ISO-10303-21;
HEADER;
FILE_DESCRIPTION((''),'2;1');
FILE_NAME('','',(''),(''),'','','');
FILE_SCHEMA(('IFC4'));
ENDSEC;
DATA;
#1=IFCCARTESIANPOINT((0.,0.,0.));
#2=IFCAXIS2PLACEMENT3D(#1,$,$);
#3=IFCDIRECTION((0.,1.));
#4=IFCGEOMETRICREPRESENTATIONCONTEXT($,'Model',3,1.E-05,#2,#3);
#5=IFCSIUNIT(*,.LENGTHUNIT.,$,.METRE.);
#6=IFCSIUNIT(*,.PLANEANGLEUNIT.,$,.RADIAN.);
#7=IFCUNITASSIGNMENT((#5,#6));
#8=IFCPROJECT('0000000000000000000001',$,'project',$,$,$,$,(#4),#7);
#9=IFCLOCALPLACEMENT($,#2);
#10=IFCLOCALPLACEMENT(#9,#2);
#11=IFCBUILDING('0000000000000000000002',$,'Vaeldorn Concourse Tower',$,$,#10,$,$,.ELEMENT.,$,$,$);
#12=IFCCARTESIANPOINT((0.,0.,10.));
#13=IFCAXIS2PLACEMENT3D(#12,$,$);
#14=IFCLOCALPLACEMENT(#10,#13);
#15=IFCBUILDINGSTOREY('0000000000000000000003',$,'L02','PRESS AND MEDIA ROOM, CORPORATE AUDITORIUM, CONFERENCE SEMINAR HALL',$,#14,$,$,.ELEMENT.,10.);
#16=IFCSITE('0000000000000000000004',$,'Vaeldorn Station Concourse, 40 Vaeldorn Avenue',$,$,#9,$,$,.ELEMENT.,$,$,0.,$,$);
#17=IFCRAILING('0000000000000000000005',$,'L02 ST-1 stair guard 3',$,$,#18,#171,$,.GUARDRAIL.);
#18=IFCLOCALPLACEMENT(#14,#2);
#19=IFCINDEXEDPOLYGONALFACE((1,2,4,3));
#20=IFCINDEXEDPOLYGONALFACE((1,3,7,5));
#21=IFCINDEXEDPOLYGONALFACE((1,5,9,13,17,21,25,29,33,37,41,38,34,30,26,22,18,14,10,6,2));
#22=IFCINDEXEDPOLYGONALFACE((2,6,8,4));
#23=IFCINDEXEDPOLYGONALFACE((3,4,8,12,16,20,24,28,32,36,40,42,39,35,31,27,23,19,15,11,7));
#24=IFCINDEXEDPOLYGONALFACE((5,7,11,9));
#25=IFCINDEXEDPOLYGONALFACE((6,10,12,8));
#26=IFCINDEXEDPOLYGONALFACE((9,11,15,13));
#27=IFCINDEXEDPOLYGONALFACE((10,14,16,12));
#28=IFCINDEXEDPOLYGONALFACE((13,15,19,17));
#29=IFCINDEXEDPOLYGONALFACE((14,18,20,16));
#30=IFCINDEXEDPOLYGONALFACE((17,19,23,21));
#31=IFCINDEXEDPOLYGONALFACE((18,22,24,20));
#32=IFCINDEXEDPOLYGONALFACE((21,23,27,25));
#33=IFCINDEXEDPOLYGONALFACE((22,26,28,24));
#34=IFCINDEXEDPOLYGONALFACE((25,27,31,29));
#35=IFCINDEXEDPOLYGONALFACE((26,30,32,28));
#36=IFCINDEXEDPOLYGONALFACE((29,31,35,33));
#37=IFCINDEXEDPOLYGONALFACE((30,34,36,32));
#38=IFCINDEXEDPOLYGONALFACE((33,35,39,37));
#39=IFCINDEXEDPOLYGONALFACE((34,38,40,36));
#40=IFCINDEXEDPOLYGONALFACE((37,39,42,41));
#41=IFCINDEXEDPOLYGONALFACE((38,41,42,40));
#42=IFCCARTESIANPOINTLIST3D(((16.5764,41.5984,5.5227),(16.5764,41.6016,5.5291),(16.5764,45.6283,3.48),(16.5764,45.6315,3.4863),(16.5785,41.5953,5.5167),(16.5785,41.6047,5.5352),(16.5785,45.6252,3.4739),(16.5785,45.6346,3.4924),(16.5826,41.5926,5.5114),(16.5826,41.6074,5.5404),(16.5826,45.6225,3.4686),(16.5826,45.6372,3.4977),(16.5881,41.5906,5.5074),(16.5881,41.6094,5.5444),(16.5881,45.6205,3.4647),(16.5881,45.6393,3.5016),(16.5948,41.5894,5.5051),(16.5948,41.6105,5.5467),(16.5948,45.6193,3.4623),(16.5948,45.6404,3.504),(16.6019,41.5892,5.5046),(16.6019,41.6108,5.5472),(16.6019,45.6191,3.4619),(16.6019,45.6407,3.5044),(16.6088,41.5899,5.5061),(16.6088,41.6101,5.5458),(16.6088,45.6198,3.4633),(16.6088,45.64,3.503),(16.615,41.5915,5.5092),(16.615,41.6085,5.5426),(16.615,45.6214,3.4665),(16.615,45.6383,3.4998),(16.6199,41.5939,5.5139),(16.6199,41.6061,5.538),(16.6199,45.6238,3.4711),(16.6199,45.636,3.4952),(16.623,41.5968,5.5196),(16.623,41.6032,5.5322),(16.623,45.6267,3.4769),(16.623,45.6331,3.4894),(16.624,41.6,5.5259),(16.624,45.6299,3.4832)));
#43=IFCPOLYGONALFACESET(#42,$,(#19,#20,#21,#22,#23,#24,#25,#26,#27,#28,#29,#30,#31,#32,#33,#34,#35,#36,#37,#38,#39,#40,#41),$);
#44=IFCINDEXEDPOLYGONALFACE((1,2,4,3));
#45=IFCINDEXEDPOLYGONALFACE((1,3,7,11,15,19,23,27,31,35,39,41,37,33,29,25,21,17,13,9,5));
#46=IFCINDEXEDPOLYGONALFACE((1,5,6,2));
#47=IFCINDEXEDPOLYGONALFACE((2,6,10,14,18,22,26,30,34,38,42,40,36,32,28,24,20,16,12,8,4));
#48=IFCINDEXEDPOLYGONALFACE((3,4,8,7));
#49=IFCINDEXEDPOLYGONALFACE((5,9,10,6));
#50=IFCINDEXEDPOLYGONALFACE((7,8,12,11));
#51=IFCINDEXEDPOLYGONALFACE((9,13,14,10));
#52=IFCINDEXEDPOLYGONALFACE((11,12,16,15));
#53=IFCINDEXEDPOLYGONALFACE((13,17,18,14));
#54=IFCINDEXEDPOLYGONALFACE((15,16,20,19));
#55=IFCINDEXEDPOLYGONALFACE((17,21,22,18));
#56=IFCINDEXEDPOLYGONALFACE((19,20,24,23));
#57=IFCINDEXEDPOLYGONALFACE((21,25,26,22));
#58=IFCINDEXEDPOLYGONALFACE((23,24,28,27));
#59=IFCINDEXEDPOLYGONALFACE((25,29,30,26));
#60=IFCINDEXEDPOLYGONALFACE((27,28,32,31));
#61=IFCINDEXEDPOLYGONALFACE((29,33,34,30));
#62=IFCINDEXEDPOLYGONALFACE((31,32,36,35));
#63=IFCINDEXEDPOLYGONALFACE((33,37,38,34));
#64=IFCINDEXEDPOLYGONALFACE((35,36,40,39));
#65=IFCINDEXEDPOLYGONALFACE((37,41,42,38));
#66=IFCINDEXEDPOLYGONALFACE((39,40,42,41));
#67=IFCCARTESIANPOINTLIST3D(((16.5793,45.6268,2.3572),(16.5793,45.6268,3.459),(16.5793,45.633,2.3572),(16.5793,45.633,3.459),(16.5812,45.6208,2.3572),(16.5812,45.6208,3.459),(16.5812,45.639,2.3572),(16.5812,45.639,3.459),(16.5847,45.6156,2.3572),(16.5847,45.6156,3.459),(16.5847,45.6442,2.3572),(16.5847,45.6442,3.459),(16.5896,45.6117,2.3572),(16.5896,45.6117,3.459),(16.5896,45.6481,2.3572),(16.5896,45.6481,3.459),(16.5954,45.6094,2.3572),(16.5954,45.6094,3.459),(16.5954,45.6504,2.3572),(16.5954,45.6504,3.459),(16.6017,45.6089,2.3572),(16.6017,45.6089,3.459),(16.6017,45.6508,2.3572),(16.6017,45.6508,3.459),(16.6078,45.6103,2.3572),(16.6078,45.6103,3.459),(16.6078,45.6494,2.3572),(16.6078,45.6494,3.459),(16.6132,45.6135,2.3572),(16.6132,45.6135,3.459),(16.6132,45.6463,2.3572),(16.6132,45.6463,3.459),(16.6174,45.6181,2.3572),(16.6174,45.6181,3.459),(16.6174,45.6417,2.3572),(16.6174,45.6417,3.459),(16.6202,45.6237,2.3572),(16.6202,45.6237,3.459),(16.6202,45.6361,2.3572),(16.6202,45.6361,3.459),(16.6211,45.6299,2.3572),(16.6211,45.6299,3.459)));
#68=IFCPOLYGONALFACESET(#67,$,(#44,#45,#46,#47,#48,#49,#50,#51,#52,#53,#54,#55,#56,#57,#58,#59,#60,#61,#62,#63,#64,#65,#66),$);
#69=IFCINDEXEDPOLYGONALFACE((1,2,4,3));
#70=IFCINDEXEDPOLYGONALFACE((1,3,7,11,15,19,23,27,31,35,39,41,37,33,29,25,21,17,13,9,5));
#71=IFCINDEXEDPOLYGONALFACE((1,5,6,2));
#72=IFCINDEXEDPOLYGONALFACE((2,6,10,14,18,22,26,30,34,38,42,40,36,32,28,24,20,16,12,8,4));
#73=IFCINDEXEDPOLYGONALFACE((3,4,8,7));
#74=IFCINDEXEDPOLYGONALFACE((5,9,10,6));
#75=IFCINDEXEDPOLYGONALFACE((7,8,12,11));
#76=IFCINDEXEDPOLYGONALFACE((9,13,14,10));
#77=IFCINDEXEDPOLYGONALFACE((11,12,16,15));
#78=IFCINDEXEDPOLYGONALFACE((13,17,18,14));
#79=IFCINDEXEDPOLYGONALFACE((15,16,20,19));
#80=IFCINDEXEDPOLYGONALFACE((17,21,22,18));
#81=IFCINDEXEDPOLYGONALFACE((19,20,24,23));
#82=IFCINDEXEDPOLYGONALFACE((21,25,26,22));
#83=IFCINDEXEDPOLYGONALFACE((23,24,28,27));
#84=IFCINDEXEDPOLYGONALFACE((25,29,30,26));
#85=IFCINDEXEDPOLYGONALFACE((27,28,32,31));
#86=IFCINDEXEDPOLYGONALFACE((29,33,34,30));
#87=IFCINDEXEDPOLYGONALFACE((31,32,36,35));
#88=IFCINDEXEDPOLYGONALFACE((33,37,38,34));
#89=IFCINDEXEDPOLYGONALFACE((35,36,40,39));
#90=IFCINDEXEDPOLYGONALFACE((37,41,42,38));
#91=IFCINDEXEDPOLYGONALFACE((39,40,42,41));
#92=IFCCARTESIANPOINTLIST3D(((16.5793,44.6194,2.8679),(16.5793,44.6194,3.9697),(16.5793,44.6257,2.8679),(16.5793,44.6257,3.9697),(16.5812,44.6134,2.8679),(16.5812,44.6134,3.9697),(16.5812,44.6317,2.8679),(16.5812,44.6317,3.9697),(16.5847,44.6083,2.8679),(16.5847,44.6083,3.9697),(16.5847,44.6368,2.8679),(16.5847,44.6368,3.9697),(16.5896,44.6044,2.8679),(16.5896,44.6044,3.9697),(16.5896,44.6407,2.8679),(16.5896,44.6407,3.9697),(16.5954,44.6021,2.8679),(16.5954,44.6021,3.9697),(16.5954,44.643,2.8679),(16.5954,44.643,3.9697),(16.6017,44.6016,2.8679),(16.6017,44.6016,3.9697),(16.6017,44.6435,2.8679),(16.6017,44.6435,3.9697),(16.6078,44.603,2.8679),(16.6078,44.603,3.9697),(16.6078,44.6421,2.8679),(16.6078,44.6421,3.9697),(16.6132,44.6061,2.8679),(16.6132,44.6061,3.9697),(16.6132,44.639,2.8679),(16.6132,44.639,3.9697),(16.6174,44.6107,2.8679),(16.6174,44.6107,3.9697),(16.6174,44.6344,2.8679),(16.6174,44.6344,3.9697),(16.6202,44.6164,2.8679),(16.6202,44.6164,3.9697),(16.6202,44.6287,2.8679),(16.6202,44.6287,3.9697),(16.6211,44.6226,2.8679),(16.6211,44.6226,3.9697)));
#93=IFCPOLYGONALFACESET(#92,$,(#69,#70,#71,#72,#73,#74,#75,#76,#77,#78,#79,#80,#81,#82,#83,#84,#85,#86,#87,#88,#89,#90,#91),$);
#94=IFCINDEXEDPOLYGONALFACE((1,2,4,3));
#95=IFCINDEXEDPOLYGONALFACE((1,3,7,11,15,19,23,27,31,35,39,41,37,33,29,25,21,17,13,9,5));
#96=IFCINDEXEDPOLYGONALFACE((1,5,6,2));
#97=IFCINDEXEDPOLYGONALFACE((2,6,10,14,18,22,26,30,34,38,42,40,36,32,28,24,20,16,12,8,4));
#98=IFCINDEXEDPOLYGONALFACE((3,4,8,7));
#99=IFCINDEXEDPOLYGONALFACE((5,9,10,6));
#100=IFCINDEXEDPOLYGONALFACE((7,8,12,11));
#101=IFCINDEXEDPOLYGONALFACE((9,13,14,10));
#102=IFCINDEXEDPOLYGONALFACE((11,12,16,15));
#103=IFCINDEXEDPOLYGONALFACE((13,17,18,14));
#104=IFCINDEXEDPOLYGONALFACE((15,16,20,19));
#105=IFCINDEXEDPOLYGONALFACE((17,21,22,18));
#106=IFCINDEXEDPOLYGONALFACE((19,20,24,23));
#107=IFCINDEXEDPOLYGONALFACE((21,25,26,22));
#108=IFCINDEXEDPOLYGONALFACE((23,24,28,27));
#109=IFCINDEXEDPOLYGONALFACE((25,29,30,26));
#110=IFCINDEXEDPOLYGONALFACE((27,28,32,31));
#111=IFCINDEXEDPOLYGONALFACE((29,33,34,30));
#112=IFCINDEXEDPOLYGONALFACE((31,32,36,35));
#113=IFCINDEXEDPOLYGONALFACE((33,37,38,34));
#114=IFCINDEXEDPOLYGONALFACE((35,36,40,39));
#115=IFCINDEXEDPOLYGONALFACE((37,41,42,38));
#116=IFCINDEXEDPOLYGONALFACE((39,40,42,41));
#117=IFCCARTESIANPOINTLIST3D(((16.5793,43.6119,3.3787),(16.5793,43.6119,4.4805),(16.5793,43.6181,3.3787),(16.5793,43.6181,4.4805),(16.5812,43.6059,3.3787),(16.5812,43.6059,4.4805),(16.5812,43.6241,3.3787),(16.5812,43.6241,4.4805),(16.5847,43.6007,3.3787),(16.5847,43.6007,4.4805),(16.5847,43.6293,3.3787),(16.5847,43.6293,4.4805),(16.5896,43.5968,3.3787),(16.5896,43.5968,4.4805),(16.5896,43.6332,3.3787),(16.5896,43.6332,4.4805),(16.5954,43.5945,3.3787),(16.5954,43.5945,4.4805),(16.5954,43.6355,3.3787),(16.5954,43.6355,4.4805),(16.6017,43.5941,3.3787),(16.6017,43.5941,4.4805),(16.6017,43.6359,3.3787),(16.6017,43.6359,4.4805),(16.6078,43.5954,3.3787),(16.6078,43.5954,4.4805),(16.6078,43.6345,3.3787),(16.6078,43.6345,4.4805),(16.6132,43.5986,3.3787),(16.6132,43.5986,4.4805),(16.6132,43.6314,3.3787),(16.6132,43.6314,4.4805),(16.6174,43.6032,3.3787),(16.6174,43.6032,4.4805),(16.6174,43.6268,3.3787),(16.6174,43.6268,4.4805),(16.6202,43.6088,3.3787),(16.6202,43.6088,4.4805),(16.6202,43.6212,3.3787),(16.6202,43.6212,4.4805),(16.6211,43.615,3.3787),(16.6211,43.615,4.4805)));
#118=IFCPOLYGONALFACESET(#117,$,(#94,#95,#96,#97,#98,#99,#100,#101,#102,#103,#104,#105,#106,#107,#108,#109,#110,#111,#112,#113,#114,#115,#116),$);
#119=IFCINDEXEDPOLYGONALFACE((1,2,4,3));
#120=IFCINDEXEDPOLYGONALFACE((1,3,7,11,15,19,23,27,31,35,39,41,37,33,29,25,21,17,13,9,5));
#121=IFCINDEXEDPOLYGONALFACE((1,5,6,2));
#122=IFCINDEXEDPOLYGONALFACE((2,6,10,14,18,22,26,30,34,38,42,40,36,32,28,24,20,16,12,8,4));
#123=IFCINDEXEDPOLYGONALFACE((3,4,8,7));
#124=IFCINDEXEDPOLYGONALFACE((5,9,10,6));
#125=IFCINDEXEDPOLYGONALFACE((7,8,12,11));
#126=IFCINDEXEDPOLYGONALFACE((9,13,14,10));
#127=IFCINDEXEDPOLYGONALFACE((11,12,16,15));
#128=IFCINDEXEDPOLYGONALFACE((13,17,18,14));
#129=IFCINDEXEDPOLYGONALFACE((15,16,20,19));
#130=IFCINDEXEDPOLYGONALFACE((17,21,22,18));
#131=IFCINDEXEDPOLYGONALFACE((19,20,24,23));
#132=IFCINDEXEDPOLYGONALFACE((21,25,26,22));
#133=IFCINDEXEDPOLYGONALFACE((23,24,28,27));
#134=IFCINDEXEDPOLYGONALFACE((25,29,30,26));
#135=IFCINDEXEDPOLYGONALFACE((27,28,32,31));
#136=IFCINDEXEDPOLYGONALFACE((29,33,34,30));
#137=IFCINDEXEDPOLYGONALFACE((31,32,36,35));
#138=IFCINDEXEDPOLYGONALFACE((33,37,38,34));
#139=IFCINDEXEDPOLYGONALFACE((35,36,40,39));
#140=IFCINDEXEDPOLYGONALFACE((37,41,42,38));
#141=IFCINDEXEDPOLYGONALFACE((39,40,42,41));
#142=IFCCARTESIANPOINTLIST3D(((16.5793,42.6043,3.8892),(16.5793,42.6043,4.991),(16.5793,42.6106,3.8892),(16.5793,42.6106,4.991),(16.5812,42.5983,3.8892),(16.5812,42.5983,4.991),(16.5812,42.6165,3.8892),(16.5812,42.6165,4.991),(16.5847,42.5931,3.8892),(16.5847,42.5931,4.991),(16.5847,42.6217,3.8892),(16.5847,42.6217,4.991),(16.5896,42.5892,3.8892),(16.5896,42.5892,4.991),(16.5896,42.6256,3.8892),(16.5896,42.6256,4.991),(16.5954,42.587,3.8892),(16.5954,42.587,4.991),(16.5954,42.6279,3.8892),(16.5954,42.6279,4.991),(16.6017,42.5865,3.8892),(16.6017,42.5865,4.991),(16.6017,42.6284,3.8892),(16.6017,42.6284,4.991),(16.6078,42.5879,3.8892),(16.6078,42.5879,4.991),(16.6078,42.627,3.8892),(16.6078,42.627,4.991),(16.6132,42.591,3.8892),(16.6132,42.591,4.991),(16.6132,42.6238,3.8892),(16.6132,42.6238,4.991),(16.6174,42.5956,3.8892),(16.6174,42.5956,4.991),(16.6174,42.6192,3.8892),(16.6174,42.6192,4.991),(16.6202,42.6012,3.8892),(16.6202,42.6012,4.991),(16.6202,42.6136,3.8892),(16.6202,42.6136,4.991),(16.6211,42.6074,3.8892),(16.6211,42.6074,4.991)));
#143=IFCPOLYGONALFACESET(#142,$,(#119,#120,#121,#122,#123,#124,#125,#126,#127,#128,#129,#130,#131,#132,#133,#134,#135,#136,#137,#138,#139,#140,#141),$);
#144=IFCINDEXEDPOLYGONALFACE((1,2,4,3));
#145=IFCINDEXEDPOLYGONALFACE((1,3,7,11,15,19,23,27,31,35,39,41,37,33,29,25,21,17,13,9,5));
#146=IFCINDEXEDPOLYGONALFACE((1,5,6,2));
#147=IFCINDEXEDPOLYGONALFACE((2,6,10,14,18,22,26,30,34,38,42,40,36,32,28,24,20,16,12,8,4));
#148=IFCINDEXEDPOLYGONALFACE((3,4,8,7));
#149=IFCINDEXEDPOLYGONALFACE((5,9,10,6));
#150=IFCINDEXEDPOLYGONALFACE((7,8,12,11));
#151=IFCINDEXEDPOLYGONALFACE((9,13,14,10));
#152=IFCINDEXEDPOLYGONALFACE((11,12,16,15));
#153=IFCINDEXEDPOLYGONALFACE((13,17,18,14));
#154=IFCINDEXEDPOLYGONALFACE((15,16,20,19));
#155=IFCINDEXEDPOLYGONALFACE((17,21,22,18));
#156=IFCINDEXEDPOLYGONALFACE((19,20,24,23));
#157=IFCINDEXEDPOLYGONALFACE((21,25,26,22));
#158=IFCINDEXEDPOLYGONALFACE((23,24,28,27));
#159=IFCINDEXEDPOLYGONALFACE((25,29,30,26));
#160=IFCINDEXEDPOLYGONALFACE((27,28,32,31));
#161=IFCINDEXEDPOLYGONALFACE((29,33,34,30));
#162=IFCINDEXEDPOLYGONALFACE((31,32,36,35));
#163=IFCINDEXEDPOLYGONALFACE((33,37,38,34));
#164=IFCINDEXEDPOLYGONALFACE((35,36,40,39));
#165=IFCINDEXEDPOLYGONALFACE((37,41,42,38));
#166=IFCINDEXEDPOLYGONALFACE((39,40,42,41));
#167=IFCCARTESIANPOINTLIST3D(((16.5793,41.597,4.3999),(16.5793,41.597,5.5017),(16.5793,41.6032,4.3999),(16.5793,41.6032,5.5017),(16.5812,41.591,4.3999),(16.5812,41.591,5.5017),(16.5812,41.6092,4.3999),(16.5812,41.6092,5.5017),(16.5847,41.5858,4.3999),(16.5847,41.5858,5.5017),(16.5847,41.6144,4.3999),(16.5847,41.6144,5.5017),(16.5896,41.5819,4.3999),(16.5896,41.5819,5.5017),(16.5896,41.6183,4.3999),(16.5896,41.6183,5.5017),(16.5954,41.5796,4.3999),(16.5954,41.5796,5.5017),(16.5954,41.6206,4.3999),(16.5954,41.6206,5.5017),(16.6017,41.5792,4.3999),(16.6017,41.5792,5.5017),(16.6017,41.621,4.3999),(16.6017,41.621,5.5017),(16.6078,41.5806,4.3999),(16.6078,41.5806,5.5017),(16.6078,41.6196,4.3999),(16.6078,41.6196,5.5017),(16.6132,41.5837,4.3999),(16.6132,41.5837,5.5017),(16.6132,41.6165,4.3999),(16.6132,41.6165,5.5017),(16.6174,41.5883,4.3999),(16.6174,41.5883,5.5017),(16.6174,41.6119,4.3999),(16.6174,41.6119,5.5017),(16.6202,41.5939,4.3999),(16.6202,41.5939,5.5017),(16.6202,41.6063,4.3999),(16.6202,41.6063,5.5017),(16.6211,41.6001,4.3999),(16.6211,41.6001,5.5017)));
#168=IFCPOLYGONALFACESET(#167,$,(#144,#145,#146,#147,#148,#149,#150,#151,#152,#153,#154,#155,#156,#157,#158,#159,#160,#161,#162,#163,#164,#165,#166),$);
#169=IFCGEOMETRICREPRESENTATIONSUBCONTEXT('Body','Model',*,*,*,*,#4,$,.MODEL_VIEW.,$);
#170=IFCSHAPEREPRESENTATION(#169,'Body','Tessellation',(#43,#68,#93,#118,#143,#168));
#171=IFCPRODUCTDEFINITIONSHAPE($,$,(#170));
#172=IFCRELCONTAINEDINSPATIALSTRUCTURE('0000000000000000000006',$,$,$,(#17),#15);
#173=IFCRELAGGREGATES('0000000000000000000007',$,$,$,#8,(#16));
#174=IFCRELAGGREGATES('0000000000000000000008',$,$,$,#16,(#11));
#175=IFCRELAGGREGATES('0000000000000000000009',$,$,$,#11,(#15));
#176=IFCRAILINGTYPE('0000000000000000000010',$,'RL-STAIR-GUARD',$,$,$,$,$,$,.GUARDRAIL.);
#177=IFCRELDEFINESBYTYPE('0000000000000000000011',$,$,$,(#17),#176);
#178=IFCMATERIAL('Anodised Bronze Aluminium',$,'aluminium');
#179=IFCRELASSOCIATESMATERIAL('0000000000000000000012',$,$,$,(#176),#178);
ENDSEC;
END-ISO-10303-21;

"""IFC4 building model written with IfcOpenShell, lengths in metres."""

from ifc_helpers import new_model, si_unit, direction, frame, origin, origin_2d, place, context, subcontext, project, spatial, circle, extrude, material, type_object, element, save


model = new_model("IFC4")

# Units and contexts
model_context = context("Model", 3, precision=1e-05, world=origin(), true_north=direction((0.0, 1.0)))
body_context = subcontext(model_context, "Body", "Model", "MODEL_VIEW")
ifc_project = project(units=[si_unit("LENGTHUNIT", "METRE"), si_unit("PLANEANGLEUNIT", "RADIAN")], contexts=[model_context])

# Site, building, storey
site_placement = place(None, origin())
site = spatial("IfcSite", under=ifc_project, at=site_placement, Name="Vaeldorn Station Concourse, 40 Vaeldorn Avenue", CompositionType="ELEMENT", RefElevation=0.0)
building_placement = place(site_placement, origin())
building = spatial("IfcBuilding", under=site, at=building_placement, Name="Vaeldorn Concourse Tower", CompositionType="ELEMENT")
storey_placement = place(building_placement, frame((0.0, 0.0, 10.0)))
storey = spatial("IfcBuildingStorey", under=building, at=storey_placement, Name="L02", Description="PRESS AND MEDIA ROOM, CORPORATE AUDITORIUM, CONFERENCE SEMINAR HALL", CompositionType="ELEMENT", Elevation=10.0)

# Shared definitions
ifc_material_1 = material(Name="Anodised Bronze Aluminium", Category="aluminium")

# Railing
railing_type_1 = type_object("IfcRailingType", Name="RL-STAIR-GUARD", PredefinedType="GUARDRAIL", material=ifc_material_1)
railing_1_placement = place(storey_placement, frame((16.6001, 45.6299, 2.3572)))
element("IfcRailing", 1, at=railing_1_placement, inside=storey, type_object=railing_type_1, Name="L02 ST-1 stair guard 3", PredefinedType="GUARDRAIL", context=body_context, shape_type="SweptSolid", body=[
    extrude(circle(Radius=0.0239, at=origin_2d()), frame((0.0, 0.0, 1.126), z_axis=(0.0, -0.891949, 0.452135), x_axis=(1.0, 0.0, 0.0)), (0.0, 0.0, 1.0), 4.5181),
    extrude(circle(Radius=0.021, at=origin_2d()), origin(), (0.0, 0.0, 1.0), 1.1018),
    extrude(circle(Radius=0.021, at=origin_2d()), frame((0.0, -1.0073, 0.5107)), (0.0, 0.0, 1.0), 1.1018),
    extrude(circle(Radius=0.021, at=origin_2d()), frame((0.0, -2.0149, 1.0215)), (0.0, 0.0, 1.0), 1.1018),
    extrude(circle(Radius=0.021, at=origin_2d()), frame((0.0, -3.0225, 1.532)), (0.0, 0.0, 1.0), 1.1018),
    extrude(circle(Radius=0.021, at=origin_2d()), frame((0.0, -4.0298, 2.0427)), (0.0, 0.0, 1.0), 1.1018),
])

save(model, "model.ifc")
